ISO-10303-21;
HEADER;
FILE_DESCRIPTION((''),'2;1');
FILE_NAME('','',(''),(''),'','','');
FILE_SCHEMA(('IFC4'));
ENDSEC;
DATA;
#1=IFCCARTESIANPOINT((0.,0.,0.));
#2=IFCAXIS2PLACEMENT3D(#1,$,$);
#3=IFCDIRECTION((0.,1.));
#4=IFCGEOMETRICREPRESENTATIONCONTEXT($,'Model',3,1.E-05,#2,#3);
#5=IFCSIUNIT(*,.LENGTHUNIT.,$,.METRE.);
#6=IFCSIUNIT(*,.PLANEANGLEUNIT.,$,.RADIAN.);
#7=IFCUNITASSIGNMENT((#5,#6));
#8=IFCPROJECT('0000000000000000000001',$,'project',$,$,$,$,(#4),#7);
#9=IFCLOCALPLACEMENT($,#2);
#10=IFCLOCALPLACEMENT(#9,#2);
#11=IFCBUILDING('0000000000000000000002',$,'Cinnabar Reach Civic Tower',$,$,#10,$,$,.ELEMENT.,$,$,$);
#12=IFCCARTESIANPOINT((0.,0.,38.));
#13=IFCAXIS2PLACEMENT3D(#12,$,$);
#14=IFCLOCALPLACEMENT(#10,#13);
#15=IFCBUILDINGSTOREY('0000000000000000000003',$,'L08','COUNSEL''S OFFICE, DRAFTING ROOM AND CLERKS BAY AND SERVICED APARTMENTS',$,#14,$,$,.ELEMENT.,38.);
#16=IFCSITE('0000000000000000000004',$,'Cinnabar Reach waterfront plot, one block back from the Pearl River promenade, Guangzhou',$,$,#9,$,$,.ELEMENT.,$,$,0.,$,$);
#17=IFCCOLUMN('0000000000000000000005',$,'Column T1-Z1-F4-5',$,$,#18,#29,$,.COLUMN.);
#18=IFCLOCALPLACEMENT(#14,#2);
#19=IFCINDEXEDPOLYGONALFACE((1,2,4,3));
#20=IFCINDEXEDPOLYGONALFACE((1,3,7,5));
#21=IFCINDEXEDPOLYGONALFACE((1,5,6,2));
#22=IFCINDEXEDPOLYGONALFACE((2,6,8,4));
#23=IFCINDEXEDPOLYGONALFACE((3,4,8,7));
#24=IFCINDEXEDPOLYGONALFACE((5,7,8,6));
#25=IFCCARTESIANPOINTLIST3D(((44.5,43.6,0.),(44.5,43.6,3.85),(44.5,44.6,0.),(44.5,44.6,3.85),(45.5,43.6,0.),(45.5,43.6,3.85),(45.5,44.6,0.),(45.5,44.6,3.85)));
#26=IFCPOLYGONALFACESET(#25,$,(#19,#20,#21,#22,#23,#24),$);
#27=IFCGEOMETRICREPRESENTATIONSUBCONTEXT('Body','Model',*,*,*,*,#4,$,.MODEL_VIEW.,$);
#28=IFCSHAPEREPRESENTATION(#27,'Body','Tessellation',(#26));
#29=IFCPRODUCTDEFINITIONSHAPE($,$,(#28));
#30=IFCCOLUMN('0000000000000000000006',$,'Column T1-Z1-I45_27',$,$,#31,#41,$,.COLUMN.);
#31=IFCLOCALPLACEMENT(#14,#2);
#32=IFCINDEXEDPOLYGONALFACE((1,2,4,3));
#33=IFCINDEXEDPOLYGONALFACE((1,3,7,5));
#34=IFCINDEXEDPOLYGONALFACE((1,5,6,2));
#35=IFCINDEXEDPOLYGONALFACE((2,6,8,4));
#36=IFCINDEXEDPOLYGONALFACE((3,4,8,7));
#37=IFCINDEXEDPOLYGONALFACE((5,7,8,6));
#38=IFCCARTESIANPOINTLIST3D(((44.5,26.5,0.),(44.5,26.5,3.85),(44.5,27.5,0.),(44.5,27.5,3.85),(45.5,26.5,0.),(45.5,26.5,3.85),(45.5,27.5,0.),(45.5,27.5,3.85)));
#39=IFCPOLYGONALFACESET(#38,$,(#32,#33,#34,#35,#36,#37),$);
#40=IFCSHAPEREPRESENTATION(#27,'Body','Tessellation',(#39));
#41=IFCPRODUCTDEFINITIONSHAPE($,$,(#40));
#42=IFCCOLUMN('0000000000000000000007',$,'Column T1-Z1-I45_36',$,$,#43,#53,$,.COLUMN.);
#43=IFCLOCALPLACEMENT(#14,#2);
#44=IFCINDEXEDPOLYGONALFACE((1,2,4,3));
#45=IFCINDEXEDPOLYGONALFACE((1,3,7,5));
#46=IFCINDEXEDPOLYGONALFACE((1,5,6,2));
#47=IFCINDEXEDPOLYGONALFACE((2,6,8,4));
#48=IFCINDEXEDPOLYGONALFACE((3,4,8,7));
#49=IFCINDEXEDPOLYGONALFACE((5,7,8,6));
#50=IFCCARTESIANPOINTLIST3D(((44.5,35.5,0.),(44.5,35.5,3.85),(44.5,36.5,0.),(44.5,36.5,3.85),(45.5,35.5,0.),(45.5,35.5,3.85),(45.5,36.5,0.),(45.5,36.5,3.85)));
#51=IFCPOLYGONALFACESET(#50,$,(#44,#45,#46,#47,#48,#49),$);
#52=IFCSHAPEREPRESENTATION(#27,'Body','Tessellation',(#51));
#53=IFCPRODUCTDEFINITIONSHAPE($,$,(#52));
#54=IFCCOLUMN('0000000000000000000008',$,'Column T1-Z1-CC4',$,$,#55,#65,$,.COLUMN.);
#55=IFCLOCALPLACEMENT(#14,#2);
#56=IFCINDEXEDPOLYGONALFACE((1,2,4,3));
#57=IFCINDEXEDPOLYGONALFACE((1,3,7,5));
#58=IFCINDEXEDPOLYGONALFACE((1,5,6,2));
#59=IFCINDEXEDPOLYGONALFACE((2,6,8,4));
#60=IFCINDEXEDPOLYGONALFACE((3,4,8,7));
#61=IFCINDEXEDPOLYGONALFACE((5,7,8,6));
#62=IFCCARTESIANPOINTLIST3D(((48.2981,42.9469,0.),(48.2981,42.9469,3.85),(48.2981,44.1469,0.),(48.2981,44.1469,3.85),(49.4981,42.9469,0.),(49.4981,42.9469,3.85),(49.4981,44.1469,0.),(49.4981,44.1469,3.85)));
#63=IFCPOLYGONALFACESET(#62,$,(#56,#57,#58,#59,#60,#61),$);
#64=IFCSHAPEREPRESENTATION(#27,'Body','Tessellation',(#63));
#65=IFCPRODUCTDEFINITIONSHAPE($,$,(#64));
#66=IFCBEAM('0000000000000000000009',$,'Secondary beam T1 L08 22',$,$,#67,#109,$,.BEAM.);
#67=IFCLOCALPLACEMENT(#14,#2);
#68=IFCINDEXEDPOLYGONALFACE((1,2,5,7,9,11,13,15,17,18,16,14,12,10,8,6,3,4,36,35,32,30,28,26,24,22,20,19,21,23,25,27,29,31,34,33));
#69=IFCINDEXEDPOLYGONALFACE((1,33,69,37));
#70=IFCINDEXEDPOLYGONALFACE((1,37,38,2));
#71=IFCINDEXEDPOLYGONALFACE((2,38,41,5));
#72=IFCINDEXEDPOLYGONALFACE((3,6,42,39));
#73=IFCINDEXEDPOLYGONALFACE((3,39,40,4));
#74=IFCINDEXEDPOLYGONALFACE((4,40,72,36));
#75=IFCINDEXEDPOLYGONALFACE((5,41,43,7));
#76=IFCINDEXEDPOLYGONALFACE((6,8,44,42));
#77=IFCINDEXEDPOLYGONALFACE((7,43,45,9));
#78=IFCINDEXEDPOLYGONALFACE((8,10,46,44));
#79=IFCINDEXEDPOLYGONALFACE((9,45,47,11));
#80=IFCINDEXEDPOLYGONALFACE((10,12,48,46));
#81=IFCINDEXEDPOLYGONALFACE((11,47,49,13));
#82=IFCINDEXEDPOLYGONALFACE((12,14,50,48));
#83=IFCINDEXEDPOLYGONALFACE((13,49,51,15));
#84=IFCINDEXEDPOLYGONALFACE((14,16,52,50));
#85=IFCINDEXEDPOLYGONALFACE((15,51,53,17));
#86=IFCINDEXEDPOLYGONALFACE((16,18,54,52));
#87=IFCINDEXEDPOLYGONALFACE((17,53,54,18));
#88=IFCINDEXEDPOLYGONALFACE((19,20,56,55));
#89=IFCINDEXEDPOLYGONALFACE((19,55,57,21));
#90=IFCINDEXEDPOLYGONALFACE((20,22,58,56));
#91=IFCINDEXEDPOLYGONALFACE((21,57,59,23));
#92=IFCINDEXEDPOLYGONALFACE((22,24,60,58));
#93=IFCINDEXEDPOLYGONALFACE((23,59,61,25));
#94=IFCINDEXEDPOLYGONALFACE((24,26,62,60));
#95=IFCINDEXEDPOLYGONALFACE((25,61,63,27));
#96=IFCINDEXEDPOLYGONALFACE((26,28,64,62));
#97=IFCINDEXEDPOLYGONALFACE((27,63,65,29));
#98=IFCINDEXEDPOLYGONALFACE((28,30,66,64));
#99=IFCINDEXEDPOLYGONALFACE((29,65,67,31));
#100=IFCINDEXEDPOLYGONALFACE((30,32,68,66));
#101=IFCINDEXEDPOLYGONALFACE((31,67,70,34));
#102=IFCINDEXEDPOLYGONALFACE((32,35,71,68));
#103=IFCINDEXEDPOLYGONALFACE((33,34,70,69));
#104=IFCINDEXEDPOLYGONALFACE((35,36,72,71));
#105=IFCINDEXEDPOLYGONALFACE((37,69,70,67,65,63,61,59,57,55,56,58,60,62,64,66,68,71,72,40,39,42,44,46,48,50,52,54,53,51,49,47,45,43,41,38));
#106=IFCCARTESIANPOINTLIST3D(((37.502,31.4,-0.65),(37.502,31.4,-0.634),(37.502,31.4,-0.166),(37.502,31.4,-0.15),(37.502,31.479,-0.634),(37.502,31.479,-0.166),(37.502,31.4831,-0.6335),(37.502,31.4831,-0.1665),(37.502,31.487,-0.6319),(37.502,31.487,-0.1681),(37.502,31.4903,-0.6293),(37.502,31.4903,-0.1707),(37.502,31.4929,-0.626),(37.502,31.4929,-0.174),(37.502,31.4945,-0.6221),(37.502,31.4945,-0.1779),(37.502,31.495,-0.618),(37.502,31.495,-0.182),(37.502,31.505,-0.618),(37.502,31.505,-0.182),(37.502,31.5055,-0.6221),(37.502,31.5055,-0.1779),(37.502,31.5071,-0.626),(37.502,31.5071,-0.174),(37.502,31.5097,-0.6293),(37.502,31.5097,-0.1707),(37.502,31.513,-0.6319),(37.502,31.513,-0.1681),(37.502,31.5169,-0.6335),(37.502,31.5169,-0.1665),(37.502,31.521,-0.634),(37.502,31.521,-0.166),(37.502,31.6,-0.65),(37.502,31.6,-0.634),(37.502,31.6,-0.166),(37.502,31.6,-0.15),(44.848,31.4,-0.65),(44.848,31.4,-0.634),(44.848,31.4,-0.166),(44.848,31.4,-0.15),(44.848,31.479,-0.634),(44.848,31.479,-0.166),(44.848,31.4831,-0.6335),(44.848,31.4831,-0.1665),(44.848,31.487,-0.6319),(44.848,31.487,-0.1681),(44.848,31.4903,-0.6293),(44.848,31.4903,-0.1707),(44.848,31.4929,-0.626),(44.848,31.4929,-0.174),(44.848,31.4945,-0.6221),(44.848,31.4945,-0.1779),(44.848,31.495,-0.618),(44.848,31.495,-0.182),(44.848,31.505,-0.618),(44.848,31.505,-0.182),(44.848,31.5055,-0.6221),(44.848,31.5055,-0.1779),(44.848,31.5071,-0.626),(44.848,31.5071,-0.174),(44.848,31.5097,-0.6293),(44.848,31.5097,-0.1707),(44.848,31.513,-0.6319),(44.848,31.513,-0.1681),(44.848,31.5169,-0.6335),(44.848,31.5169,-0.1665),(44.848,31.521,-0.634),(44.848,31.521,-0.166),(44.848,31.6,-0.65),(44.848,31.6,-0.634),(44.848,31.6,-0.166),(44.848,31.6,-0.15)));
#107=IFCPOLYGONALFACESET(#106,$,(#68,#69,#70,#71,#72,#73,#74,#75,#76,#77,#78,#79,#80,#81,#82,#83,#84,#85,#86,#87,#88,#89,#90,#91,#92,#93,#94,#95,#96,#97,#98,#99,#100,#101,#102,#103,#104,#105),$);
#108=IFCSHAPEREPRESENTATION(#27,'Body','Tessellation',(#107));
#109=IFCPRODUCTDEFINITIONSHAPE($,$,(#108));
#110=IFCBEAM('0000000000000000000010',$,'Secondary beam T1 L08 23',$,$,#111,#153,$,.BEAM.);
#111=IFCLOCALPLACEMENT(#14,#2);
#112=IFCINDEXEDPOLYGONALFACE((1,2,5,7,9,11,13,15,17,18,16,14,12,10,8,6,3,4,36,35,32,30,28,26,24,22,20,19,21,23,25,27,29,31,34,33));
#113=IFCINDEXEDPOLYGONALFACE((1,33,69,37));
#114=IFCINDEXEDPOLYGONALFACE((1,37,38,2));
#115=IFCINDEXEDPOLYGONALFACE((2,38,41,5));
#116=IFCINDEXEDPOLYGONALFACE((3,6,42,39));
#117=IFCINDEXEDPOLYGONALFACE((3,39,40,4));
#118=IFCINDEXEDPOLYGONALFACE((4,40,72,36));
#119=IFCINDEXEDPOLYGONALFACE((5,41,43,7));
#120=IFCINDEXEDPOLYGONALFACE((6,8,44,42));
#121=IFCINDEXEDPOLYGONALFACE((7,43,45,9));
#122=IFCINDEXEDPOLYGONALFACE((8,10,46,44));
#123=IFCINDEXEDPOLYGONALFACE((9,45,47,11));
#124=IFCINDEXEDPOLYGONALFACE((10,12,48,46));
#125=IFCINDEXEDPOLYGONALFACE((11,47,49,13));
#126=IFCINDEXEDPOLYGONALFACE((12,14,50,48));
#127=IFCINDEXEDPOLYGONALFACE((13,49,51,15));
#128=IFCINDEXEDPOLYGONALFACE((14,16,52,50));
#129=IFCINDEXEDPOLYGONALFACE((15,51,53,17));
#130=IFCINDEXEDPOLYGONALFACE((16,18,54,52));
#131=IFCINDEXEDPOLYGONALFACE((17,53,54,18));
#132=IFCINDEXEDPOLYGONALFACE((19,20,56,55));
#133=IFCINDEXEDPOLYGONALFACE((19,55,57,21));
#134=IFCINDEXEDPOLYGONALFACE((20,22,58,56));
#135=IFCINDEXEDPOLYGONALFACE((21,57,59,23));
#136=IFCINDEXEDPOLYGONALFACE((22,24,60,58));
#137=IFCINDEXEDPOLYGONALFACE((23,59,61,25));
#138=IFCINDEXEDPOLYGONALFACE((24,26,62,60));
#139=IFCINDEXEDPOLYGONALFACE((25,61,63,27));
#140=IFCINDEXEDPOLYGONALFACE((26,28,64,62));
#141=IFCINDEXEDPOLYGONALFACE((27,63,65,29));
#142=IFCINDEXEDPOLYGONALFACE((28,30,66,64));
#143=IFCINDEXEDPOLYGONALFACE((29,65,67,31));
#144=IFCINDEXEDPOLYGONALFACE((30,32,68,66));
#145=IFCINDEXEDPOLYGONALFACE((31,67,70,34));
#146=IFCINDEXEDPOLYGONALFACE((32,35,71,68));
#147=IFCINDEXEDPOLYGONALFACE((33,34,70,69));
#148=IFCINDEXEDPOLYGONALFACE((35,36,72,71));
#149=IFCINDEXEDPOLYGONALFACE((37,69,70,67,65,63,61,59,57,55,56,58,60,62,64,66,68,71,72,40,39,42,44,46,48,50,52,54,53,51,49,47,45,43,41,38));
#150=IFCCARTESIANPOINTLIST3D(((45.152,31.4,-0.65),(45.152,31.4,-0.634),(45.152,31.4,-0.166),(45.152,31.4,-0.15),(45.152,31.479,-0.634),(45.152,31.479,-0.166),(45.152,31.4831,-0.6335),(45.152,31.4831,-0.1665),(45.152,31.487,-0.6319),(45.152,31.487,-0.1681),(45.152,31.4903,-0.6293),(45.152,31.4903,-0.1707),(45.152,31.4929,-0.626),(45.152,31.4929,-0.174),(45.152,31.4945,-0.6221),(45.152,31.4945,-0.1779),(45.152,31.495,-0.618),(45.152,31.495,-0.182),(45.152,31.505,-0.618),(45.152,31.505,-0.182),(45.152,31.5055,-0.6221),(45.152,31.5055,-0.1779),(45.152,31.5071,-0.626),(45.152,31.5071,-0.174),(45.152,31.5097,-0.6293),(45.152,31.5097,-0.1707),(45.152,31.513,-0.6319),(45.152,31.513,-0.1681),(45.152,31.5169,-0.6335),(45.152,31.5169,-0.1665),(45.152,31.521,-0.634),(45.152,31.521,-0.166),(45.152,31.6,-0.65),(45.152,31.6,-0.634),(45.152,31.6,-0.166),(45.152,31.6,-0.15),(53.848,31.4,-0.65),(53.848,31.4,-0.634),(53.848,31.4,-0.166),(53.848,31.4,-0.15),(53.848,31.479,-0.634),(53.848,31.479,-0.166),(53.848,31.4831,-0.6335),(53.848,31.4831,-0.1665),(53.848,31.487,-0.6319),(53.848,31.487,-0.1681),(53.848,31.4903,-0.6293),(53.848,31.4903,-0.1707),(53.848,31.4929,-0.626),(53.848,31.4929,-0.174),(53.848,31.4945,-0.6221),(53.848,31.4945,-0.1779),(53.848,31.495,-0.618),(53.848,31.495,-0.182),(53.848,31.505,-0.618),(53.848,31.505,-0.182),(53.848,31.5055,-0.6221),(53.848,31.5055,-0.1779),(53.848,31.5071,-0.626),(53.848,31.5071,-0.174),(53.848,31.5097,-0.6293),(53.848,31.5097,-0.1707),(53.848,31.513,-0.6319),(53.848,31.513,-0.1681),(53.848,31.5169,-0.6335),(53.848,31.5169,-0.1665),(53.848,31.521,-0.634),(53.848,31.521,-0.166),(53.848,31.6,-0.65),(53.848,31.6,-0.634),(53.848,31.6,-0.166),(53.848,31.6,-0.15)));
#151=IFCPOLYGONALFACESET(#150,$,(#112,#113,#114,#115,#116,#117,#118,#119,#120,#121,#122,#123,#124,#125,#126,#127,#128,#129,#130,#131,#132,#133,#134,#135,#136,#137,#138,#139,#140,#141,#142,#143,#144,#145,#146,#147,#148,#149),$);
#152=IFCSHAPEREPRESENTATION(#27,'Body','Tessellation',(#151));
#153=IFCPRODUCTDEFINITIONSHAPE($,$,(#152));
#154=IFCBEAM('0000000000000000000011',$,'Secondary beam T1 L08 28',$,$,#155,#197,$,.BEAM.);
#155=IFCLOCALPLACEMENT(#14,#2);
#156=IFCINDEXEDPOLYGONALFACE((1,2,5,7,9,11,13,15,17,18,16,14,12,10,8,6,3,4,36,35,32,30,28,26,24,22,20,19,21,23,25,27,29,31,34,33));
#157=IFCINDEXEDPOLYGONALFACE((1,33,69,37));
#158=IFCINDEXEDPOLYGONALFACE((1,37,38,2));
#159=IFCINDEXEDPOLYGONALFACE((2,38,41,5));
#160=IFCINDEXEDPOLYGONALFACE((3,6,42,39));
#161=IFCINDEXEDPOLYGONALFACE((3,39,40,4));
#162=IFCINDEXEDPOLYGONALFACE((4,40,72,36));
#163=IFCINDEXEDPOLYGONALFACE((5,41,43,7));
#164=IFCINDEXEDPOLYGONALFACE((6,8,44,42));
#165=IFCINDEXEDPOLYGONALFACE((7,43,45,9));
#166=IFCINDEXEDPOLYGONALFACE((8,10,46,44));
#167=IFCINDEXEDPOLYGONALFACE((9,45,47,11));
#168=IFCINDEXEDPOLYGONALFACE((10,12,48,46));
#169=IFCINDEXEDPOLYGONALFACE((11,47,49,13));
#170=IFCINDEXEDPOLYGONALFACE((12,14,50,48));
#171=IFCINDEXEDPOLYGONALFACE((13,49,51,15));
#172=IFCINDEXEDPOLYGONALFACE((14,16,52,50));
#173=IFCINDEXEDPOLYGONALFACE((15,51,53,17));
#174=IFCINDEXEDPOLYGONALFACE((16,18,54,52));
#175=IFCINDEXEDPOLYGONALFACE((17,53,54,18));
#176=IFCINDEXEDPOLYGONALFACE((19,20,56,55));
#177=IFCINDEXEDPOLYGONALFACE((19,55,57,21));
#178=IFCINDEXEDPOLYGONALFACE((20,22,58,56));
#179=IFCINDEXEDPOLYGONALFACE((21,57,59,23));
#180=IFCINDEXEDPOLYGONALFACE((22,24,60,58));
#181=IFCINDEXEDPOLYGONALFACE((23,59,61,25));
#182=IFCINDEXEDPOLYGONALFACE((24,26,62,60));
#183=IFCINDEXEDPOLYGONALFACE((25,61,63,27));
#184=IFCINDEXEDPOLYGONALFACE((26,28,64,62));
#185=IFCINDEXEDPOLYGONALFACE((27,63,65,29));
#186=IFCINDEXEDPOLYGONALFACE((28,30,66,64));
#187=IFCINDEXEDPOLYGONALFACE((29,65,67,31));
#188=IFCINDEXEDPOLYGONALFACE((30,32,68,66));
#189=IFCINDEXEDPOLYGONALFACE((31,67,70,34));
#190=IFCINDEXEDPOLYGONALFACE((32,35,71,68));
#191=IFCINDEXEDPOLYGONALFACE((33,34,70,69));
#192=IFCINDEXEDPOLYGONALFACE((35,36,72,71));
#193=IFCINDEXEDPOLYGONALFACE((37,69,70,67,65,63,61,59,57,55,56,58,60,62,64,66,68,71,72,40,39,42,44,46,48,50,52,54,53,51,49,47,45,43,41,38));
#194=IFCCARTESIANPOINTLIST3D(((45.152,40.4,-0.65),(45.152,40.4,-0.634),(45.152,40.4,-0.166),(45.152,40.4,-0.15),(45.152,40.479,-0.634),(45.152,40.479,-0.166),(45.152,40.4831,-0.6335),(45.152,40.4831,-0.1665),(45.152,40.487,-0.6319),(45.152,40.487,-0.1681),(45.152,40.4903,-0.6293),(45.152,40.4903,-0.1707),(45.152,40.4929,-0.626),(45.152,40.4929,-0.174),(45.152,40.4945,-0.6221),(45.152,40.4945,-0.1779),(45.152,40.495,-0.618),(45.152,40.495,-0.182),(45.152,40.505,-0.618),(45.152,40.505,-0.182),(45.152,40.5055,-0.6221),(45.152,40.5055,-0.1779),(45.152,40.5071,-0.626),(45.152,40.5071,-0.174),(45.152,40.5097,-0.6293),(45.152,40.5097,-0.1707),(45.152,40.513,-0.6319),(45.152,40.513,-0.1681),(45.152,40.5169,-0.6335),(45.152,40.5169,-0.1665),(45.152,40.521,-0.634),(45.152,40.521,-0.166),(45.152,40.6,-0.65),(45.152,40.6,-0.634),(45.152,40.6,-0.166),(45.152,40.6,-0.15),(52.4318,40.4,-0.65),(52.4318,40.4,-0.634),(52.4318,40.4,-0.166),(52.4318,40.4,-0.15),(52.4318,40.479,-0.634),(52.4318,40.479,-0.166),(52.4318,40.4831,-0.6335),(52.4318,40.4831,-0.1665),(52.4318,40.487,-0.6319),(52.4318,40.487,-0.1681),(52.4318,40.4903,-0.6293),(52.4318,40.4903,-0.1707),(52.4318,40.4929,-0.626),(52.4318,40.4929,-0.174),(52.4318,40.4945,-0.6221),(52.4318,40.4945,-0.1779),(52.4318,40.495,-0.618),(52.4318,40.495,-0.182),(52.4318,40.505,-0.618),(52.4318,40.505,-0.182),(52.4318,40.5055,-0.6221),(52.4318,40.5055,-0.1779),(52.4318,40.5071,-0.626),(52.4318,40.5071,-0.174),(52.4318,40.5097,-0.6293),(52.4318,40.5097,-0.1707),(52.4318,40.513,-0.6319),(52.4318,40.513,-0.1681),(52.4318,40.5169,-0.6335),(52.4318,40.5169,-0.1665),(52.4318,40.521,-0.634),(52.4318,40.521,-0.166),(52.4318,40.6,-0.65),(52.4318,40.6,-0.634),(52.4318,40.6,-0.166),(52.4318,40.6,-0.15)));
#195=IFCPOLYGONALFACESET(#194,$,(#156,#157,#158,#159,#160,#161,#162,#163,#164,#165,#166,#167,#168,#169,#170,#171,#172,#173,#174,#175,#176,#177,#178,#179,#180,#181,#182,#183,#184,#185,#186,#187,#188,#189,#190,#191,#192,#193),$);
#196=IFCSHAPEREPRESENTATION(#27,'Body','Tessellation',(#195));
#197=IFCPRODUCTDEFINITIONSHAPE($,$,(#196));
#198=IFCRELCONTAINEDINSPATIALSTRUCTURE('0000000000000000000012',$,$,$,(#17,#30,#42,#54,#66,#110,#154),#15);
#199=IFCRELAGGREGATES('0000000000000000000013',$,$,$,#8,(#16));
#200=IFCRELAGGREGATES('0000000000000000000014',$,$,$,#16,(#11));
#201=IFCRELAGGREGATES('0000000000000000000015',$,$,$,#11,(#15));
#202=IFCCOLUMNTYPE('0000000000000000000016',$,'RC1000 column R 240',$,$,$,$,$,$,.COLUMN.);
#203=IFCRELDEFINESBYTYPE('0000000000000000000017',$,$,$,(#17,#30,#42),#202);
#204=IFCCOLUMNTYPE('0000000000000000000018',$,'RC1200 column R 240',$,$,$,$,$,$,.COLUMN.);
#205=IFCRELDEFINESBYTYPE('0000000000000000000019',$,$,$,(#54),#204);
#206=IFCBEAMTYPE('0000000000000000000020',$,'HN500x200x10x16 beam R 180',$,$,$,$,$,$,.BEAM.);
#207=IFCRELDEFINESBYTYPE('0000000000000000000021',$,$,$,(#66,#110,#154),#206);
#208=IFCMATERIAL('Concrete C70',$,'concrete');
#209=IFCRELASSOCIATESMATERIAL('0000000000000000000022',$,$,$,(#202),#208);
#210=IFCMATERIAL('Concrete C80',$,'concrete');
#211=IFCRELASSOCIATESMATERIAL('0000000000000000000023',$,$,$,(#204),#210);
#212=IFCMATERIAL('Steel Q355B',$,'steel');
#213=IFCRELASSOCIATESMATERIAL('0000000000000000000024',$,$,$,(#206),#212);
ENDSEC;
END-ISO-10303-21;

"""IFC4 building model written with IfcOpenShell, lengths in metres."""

from ifc_helpers import new_model, si_unit, direction, frame, origin, origin_2d, place, context, subcontext, project, spatial, rectangle, i_section, extrude, material, material_profile, profile_set, type_object, element, save


model = new_model("IFC4")

# Units and contexts
model_context = context("Model", 3, precision=1e-05, world=origin(), true_north=direction((0.0, 1.0)))
body_context = subcontext(model_context, "Body", "Model", "MODEL_VIEW")
ifc_project = project(units=[si_unit("LENGTHUNIT", "METRE"), si_unit("PLANEANGLEUNIT", "RADIAN")], contexts=[model_context])

# Site, building, storey
site_placement = place(None, origin())
site = spatial("IfcSite", under=ifc_project, at=site_placement, Name="Cinnabar Reach waterfront plot, one block back from the Pearl River promenade, Guangzhou", CompositionType="ELEMENT", RefElevation=0.0)
building_placement = place(site_placement, origin())
building = spatial("IfcBuilding", under=site, at=building_placement, Name="Cinnabar Reach Civic Tower", CompositionType="ELEMENT")
storey_placement = place(building_placement, frame((0.0, 0.0, 38.0)))
storey = spatial("IfcBuildingStorey", under=building, at=storey_placement, Name="L08", Description="COUNSEL'S OFFICE, DRAFTING ROOM AND CLERKS BAY AND SERVICED APARTMENTS", CompositionType="ELEMENT", Elevation=38.0)

# Columns
ifc_material_1 = material(Name="Concrete C70", Category="concrete")
ifc_material_profile_1 = material_profile(ifc_material_1, rectangle(XDim=1.0, YDim=1.0, at=origin_2d()), Name="RC1000")
ifc_profile_set_1 = profile_set([ifc_material_profile_1], Name="Concrete C70")
column_type_1 = type_object("IfcColumnType", Name="RC1000 column R 240", PredefinedType="COLUMN", material=ifc_profile_set_1)
for number, where, z_axis, x_axis, name in (
    (1, (45.0, 44.1, 0.0), (0.0, 0.0, 1.0), (1.0, 0.0, 0.0), "Column T1-Z1-F4-5"),
    (2, (45.0, 27.0, 0.0), (0.0, 0.0, 1.0), (1.0, 0.0, 0.0), "Column T1-Z1-I45_27"),
    (3, (45.0, 36.0, 0.0), (0.0, 0.0, 1.0), (1.0, 0.0, 0.0), "Column T1-Z1-I45_36"),
):
    element("IfcColumn", number, at=place(storey_placement, frame(where, z_axis=z_axis, x_axis=x_axis)), inside=storey, type_object=column_type_1, Name=name, PredefinedType="COLUMN", context=body_context, shape_type="SweptSolid", body=[
        extrude(rectangle(XDim=1.0, YDim=1.0, at=origin_2d()), origin(), (0.0, 0.0, 1.0), 3.85),
    ])
ifc_material_2 = material(Name="Concrete C80", Category="concrete")
ifc_material_profile_2 = material_profile(ifc_material_2, rectangle(XDim=1.2, YDim=1.2, at=origin_2d()), Name="RC1200")
ifc_profile_set_2 = profile_set([ifc_material_profile_2], Name="Concrete C80")
column_type_2 = type_object("IfcColumnType", Name="RC1200 column R 240", PredefinedType="COLUMN", material=ifc_profile_set_2)
column_placement = place(storey_placement, frame((48.8981, 43.5469, 0.0), z_axis=(0.0, 0.0, 1.0), x_axis=(1.0, 0.0, 0.0)))
element("IfcColumn", 4, at=column_placement, inside=storey, type_object=column_type_2, Name="Column T1-Z1-CC4", PredefinedType="COLUMN", context=body_context, shape_type="SweptSolid", body=[
    extrude(rectangle(XDim=1.2, YDim=1.2, at=origin_2d()), origin(), (0.0, 0.0, 1.0), 3.85),
])

# Beams
ifc_material_3 = material(Name="Steel Q355B", Category="steel")
ifc_material_profile_3 = material_profile(ifc_material_3, i_section(OverallWidth=0.2, OverallDepth=0.5, WebThickness=0.01, FlangeThickness=0.016, FilletRadius=0.016, at=origin_2d()), Name="HN500x200x10x16")
ifc_profile_set_3 = profile_set([ifc_material_profile_3], Name="Steel Q355B")
beam_type_1 = type_object("IfcBeamType", Name="HN500x200x10x16 beam R 180", PredefinedType="BEAM", material=ifc_profile_set_3)
beam_1_placement = place(storey_placement, frame((37.502, 31.5, -0.4), z_axis=(1.0, 0.0, 0.0), x_axis=(0.0, 1.0, 0.0)))
element("IfcBeam", 5, at=beam_1_placement, inside=storey, type_object=beam_type_1, Name="Secondary beam T1 L08 22", PredefinedType="BEAM", context=body_context, shape_type="SweptSolid", body=[
    extrude(i_section(OverallWidth=0.2, OverallDepth=0.5, WebThickness=0.01, FlangeThickness=0.016, FilletRadius=0.016, at=origin_2d()), origin(), (0.0, 0.0, 1.0), 7.346),
])
beam_2_placement = place(storey_placement, frame((45.152, 31.5, -0.4), z_axis=(1.0, 0.0, 0.0), x_axis=(0.0, 1.0, 0.0)))
element("IfcBeam", 6, at=beam_2_placement, inside=storey, type_object=beam_type_1, Name="Secondary beam T1 L08 23", PredefinedType="BEAM", context=body_context, shape_type="SweptSolid", body=[
    extrude(i_section(OverallWidth=0.2, OverallDepth=0.5, WebThickness=0.01, FlangeThickness=0.016, FilletRadius=0.016, at=origin_2d()), origin(), (0.0, 0.0, 1.0), 8.696),
])
beam_3_placement = place(storey_placement, frame((45.152, 40.5, -0.4), z_axis=(1.0, 0.0, 0.0), x_axis=(0.0, 1.0, 0.0)))
element("IfcBeam", 7, at=beam_3_placement, inside=storey, type_object=beam_type_1, Name="Secondary beam T1 L08 28", PredefinedType="BEAM", context=body_context, shape_type="SweptSolid", body=[
    extrude(i_section(OverallWidth=0.2, OverallDepth=0.5, WebThickness=0.01, FlangeThickness=0.016, FilletRadius=0.016, at=origin_2d()), origin(), (0.0, 0.0, 1.0), 7.2798),
])

save(model, "model.ifc")
